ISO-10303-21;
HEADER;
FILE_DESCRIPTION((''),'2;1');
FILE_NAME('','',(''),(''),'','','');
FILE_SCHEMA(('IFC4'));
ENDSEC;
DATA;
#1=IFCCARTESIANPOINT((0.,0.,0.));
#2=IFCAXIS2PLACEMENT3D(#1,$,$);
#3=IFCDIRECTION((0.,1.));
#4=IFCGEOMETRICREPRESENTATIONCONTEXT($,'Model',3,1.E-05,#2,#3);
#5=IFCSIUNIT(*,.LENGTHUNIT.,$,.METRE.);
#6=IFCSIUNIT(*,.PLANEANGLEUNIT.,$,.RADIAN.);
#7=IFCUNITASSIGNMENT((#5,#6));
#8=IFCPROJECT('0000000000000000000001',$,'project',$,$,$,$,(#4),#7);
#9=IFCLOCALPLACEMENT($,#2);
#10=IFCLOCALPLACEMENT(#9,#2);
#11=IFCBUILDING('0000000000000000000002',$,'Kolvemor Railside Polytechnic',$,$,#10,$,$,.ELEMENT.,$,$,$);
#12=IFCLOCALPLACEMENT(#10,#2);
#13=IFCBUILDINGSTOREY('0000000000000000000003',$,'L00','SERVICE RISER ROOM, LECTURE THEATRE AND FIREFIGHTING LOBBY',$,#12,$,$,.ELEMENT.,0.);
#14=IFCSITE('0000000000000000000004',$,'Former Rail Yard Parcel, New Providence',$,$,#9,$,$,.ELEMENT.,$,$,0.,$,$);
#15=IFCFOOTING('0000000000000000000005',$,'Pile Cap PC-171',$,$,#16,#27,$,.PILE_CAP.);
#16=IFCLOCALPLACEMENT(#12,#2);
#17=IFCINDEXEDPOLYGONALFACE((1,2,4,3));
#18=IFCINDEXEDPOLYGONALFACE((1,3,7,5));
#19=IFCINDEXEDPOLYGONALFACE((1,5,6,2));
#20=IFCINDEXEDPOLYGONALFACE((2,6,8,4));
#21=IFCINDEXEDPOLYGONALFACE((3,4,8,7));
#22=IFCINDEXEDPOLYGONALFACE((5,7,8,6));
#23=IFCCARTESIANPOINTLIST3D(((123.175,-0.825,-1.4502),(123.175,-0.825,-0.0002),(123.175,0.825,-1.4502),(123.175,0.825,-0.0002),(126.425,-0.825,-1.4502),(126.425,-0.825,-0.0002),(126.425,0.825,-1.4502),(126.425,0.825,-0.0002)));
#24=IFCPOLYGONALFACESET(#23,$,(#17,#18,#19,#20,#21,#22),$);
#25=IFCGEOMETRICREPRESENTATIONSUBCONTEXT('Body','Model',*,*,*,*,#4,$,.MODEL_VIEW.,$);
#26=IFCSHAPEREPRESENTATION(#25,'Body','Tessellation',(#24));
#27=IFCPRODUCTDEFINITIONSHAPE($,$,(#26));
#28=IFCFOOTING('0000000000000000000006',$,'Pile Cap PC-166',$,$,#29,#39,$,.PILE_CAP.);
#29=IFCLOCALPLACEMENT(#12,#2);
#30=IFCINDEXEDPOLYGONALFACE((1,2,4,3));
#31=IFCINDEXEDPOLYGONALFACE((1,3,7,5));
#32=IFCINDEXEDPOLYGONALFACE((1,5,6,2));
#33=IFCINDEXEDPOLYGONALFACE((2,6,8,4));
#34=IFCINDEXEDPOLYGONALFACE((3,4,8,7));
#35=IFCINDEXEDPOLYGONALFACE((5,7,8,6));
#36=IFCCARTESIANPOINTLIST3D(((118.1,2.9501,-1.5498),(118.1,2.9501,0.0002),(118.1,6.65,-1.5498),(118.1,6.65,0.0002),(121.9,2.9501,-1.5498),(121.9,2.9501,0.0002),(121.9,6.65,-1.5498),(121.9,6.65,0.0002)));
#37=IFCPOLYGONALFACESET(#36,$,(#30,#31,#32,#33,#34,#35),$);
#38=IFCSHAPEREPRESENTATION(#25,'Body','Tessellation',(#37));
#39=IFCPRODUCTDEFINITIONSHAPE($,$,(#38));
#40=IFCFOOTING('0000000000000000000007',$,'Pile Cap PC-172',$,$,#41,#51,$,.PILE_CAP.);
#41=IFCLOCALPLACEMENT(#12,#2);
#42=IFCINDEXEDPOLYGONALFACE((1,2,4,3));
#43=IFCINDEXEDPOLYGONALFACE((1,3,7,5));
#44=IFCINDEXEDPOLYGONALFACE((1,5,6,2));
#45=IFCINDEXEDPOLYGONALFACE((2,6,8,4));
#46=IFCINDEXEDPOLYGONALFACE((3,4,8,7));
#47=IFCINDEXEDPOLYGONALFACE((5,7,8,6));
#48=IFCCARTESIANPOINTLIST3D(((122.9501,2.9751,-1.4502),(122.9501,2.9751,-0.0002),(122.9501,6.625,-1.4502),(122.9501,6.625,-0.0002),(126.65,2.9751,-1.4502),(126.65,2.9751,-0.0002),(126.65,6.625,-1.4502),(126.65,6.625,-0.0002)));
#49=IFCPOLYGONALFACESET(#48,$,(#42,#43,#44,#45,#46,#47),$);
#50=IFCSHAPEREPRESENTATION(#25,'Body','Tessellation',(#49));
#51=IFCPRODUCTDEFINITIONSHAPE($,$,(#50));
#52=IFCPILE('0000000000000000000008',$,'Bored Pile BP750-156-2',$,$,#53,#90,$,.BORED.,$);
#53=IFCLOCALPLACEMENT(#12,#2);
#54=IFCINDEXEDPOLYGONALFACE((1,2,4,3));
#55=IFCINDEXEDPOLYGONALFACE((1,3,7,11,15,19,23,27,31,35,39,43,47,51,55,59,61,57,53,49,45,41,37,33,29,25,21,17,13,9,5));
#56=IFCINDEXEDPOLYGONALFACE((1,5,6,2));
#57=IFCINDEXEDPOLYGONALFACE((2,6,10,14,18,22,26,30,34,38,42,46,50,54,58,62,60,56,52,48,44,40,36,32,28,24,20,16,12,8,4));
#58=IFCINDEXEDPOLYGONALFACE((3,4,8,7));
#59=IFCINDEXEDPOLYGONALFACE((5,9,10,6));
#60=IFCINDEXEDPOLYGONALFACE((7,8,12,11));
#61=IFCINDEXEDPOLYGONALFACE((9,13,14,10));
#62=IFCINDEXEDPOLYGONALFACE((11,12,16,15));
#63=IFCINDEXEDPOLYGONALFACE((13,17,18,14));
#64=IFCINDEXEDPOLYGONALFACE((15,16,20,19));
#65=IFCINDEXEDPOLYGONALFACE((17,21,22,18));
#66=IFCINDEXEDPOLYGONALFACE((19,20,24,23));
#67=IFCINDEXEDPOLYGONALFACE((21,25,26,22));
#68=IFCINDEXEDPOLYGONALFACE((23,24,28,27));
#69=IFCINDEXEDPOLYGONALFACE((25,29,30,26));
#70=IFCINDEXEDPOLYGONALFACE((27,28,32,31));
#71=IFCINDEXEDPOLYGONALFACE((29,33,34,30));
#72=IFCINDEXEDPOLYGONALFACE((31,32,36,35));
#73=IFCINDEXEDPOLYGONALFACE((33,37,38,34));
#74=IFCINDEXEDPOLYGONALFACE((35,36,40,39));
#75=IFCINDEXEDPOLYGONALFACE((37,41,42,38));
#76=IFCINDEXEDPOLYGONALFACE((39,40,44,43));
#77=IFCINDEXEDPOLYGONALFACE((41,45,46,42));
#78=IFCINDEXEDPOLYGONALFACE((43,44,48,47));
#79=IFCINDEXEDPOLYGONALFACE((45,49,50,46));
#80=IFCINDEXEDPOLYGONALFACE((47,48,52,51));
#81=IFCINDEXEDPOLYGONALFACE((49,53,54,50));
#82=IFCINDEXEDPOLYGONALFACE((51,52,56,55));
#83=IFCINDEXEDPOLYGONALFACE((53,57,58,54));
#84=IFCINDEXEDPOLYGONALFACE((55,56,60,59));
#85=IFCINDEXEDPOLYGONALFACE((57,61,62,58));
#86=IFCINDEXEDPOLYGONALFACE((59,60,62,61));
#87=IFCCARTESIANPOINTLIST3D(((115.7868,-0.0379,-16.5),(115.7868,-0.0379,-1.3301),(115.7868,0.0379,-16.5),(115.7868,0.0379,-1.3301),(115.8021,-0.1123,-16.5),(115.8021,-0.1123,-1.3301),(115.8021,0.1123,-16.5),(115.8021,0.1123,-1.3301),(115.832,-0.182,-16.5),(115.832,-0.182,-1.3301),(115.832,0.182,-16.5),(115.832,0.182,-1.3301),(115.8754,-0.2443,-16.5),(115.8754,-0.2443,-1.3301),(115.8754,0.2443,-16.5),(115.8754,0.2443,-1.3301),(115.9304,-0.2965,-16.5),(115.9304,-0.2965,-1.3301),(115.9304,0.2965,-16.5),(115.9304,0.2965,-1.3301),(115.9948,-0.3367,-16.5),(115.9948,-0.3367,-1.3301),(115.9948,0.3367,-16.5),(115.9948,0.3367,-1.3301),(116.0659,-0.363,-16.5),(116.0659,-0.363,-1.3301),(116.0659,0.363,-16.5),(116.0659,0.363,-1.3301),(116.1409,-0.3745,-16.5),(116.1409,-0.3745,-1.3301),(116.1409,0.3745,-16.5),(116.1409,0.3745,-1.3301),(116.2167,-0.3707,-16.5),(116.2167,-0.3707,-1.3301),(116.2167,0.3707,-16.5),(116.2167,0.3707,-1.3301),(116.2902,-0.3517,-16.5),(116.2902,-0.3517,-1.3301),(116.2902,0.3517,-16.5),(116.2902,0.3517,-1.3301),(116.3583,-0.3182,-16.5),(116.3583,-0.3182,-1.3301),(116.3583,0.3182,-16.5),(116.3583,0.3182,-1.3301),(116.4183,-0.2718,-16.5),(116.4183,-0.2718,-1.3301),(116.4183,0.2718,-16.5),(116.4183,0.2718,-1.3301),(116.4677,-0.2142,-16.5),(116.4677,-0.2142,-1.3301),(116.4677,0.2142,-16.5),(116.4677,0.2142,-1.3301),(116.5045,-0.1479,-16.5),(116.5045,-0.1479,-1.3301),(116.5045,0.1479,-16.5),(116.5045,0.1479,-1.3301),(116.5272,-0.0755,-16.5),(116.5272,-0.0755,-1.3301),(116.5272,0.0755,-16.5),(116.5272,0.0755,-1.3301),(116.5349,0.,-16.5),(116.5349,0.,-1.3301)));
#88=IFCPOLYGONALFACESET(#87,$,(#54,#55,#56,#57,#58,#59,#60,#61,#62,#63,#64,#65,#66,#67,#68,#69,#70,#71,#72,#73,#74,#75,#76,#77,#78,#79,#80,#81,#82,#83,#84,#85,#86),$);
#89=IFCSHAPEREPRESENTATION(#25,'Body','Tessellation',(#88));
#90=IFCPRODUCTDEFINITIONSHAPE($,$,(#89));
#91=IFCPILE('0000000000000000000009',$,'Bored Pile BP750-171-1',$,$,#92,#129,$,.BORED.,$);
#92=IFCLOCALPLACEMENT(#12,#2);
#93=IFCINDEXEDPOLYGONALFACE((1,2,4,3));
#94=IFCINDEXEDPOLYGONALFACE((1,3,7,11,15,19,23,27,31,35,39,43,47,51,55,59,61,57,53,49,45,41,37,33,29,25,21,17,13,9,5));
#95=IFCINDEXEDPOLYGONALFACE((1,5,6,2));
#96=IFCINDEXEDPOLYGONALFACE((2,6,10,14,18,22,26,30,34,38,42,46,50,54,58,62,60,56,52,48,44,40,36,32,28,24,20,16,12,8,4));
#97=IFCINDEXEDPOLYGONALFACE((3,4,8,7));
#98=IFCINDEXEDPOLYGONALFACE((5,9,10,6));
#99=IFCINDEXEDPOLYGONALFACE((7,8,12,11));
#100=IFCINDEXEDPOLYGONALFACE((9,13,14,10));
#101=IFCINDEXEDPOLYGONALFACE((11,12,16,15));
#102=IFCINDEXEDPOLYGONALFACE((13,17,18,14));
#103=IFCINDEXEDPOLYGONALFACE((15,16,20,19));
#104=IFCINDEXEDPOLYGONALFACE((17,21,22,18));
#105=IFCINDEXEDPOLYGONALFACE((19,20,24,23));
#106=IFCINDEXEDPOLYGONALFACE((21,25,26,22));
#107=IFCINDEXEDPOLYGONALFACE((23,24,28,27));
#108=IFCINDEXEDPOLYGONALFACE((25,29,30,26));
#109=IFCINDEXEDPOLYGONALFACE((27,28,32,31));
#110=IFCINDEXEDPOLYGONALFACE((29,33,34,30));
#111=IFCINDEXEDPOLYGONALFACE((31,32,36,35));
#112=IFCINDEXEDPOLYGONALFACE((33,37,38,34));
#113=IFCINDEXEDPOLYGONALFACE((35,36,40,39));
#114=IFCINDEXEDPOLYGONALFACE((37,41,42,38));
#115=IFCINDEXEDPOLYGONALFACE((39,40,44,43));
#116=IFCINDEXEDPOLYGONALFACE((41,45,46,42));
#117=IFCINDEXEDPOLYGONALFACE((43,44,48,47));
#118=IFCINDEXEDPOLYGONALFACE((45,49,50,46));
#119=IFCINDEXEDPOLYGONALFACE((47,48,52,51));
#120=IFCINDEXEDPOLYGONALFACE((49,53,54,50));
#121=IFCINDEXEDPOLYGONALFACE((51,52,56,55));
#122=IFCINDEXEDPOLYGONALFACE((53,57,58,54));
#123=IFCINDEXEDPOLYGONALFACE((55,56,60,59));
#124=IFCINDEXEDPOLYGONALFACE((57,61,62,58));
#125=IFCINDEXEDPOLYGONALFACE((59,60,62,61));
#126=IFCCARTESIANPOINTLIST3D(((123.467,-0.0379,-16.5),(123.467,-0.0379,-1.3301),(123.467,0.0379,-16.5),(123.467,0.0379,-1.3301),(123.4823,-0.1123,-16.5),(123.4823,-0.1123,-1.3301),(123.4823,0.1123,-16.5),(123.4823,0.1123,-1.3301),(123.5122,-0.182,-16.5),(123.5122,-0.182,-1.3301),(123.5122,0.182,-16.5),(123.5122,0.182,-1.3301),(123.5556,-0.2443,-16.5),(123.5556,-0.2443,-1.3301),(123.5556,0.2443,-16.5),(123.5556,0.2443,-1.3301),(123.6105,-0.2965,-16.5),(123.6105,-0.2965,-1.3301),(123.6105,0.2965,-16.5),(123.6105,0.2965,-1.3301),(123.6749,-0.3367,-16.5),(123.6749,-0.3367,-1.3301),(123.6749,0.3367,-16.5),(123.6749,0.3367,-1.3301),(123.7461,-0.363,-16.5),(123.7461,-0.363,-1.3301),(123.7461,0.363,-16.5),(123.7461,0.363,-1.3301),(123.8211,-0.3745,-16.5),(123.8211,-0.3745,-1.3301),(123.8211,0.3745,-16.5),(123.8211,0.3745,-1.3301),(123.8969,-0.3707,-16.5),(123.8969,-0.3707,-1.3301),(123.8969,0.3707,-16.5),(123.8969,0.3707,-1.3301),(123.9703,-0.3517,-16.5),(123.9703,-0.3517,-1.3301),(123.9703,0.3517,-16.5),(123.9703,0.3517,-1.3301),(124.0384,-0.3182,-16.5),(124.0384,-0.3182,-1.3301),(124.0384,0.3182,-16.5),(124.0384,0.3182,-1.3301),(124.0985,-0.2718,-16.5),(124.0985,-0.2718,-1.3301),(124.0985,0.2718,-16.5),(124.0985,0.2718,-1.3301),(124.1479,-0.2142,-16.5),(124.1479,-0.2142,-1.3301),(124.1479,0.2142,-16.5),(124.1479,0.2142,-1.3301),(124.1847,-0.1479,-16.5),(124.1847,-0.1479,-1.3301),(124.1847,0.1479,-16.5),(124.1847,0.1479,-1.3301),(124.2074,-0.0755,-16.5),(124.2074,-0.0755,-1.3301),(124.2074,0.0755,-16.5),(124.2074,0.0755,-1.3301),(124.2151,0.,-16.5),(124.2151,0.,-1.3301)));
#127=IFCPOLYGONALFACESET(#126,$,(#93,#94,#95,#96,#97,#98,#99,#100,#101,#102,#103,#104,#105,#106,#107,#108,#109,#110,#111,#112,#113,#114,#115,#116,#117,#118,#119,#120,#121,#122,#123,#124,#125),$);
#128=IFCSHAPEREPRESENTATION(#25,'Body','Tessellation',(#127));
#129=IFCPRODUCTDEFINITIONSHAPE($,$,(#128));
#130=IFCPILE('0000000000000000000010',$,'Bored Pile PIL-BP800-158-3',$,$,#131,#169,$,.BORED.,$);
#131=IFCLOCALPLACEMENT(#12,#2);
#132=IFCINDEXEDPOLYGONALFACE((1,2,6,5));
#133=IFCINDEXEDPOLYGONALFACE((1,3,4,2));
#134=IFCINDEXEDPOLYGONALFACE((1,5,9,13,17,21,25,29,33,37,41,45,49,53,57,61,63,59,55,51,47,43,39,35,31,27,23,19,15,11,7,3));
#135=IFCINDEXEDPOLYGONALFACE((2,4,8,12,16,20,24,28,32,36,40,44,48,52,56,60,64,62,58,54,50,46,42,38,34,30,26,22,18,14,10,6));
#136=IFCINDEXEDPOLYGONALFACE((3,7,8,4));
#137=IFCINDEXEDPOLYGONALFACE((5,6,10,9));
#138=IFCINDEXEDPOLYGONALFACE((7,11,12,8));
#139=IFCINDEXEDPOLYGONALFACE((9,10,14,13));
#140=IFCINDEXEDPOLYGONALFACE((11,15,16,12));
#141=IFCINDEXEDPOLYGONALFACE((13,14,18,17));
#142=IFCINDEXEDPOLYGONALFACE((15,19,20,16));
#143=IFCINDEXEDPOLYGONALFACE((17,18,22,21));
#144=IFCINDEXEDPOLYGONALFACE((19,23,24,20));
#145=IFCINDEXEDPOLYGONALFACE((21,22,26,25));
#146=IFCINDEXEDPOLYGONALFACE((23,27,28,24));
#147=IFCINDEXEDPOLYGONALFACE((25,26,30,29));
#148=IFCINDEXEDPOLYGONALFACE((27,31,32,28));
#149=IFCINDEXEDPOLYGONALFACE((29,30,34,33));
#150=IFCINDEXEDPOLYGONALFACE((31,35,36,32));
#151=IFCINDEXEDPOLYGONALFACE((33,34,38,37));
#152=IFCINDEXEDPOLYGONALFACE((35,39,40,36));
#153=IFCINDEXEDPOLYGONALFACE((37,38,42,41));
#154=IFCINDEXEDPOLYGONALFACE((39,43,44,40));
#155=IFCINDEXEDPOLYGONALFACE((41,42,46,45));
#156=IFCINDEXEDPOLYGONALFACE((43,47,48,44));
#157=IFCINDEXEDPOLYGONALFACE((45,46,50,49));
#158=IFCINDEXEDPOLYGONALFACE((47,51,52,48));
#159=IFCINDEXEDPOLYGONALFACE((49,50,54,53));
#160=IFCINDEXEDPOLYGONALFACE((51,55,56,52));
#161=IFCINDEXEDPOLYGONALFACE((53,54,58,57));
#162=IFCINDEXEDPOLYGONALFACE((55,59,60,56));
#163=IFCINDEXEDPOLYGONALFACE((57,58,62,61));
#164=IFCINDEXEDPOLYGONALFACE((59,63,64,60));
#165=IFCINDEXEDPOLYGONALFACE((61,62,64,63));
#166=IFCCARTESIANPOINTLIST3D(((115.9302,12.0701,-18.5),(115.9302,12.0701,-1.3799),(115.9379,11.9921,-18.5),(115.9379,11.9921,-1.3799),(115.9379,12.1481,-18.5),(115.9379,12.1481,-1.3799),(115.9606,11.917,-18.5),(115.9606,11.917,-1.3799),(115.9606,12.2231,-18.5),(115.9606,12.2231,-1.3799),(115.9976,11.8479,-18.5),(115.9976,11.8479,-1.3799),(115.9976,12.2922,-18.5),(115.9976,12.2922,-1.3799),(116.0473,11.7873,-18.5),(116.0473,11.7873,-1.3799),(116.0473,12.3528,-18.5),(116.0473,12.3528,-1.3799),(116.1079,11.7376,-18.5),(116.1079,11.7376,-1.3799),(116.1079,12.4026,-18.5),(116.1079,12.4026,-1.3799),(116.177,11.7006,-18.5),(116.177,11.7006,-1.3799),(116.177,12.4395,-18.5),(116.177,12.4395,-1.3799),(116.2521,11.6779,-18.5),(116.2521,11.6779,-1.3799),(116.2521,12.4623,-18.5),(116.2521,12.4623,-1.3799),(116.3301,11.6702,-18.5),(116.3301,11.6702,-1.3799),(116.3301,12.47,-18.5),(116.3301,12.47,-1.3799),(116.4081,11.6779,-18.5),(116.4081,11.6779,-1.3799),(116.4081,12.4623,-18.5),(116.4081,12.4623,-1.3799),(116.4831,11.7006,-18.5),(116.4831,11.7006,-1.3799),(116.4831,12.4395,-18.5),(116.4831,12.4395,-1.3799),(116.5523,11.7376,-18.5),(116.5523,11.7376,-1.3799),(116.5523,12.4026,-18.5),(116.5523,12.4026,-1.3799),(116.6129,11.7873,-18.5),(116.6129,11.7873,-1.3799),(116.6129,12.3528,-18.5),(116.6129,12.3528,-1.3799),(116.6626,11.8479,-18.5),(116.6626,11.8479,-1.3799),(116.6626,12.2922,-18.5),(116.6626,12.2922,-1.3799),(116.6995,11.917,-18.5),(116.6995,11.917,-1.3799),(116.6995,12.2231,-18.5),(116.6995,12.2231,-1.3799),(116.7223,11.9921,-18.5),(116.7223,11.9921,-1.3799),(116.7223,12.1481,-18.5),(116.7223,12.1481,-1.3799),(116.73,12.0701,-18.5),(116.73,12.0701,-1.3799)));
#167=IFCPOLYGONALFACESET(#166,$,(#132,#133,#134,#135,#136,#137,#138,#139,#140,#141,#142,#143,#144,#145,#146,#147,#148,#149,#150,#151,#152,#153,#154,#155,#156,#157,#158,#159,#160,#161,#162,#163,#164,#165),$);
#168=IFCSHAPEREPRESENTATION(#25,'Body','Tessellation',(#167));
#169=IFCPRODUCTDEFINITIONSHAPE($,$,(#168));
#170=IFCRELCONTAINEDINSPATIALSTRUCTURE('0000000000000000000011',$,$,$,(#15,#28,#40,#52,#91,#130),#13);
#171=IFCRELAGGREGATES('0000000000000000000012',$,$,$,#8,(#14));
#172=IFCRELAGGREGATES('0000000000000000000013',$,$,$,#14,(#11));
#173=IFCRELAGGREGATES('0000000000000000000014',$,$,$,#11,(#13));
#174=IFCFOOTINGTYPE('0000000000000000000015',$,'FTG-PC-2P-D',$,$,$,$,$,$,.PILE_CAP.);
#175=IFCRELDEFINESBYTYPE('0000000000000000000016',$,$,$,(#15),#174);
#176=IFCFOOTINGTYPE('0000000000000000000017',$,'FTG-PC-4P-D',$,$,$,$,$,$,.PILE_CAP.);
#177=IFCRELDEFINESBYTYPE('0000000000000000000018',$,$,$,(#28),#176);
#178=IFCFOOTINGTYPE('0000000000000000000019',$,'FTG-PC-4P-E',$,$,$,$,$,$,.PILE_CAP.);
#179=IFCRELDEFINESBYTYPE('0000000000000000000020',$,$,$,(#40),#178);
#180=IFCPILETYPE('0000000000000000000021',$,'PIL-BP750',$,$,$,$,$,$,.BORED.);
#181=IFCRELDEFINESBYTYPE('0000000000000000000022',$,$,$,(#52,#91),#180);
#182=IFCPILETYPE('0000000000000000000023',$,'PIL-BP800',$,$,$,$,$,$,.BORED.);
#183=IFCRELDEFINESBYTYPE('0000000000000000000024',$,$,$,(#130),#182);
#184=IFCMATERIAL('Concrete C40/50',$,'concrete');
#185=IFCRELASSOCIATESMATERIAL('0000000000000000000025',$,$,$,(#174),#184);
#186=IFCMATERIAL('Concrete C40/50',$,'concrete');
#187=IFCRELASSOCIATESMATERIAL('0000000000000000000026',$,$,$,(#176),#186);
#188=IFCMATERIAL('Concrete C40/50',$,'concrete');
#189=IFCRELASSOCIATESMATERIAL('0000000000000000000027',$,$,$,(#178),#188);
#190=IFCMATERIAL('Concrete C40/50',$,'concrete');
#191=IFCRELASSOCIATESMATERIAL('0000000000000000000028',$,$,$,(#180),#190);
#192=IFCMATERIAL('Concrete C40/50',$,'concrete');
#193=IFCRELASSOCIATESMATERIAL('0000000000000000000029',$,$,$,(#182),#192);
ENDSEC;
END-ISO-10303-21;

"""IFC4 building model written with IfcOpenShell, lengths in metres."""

from ifc_helpers import new_model, si_unit, direction, frame, origin, origin_2d, place, context, subcontext, project, spatial, rectangle, circle, extrude, material, material_profile, profile_set, type_object, element, save


model = new_model("IFC4")

# Units and contexts
model_context = context("Model", 3, precision=1e-05, world=origin(), true_north=direction((0.0, 1.0)))
body_context = subcontext(model_context, "Body", "Model", "MODEL_VIEW")
ifc_project = project(units=[si_unit("LENGTHUNIT", "METRE"), si_unit("PLANEANGLEUNIT", "RADIAN")], contexts=[model_context])

# Site, building, storey
site_placement = place(None, origin())
site = spatial("IfcSite", under=ifc_project, at=site_placement, Name="Former Rail Yard Parcel, New Providence", CompositionType="ELEMENT", RefElevation=0.0)
building_placement = place(site_placement, origin())
building = spatial("IfcBuilding", under=site, at=building_placement, Name="Kolvemor Railside Polytechnic", CompositionType="ELEMENT")
storey_placement = place(building_placement, origin())
storey = spatial("IfcBuildingStorey", under=building, at=storey_placement, Name="L00", Description="SERVICE RISER ROOM, LECTURE THEATRE AND FIREFIGHTING LOBBY", CompositionType="ELEMENT", Elevation=0.0)

# Footings
ifc_material_1 = material(Name="Concrete C40/50", Category="concrete")
footing_type_1 = type_object("IfcFootingType", Name="FTG-PC-2P-D", PredefinedType="PILE_CAP", material=ifc_material_1)
footing_1_placement = place(storey_placement, frame((124.8, 0.0, -1.4502), z_axis=(0.0, 0.0, 1.0), x_axis=(1.0, 0.0, 0.0)))
element("IfcFooting", 1, at=footing_1_placement, inside=storey, type_object=footing_type_1, Name="Pile Cap PC-171", PredefinedType="PILE_CAP", context=body_context, shape_type="SweptSolid", body=[
    extrude(rectangle(XDim=3.25, YDim=1.6499, at=origin_2d()), origin(), (0.0, 0.0, 1.0), 1.45),
])
ifc_material_2 = material(Name="Concrete C40/50", Category="concrete")
footing_type_2 = type_object("IfcFootingType", Name="FTG-PC-4P-D", PredefinedType="PILE_CAP", material=ifc_material_2)
footing_2_placement = place(storey_placement, frame((120.0, 4.8, -1.5498), z_axis=(0.0, 0.0, 1.0), x_axis=(1.0, 0.0, 0.0)))
element("IfcFooting", 2, at=footing_2_placement, inside=storey, type_object=footing_type_2, Name="Pile Cap PC-166", PredefinedType="PILE_CAP", context=body_context, shape_type="SweptSolid", body=[
    extrude(rectangle(XDim=3.8, YDim=3.7, at=origin_2d()), origin(), (0.0, 0.0, 1.0), 1.55),
])
ifc_material_3 = material(Name="Concrete C40/50", Category="concrete")
footing_type_3 = type_object("IfcFootingType", Name="FTG-PC-4P-E", PredefinedType="PILE_CAP", material=ifc_material_3)
footing_3_placement = place(storey_placement, frame((124.8, 4.8, -1.4502), z_axis=(0.0, 0.0, 1.0), x_axis=(1.0, 0.0, 0.0)))
element("IfcFooting", 3, at=footing_3_placement, inside=storey, type_object=footing_type_3, Name="Pile Cap PC-172", PredefinedType="PILE_CAP", context=body_context, shape_type="SweptSolid", body=[
    extrude(rectangle(XDim=3.7, YDim=3.6499, at=origin_2d()), origin(), (0.0, 0.0, 1.0), 1.45),
])

# Piles
ifc_material_4 = material(Name="Concrete C40/50", Category="concrete")
ifc_material_profile_1 = material_profile(ifc_material_4, circle(Radius=0.375, at=origin_2d()), Name="BP750")
ifc_profile_set_1 = profile_set([ifc_material_profile_1], Name="Concrete C40/50")
pile_type_1 = type_object("IfcPileType", Name="PIL-BP750", PredefinedType="BORED", material=ifc_profile_set_1)
for number, where, z_axis, x_axis, name in (
    (4, (116.1599, 0.0, -1.3301), (0.0, 0.0, -1.0), (1.0, 0.0, 0.0), "Bored Pile BP750-156-2"),
    (5, (123.8401, 0.0, -1.3301), (0.0, 0.0, -1.0), (1.0, 0.0, 0.0), "Bored Pile BP750-171-1"),
):
    element("IfcPile", number, at=place(storey_placement, frame(where, z_axis=z_axis, x_axis=x_axis)), inside=storey, type_object=pile_type_1, Name=name, PredefinedType="BORED", context=body_context, shape_type="SweptSolid", body=[
        extrude(circle(Radius=0.375, at=origin_2d()), origin(), (0.0, 0.0, 1.0), 15.1699),
    ])
ifc_material_5 = material(Name="Concrete C40/50", Category="concrete")
ifc_material_profile_2 = material_profile(ifc_material_5, circle(Radius=0.3999, at=origin_2d()), Name="BP800")
ifc_profile_set_2 = profile_set([ifc_material_profile_2], Name="Concrete C40/50")
pile_type_2 = type_object("IfcPileType", Name="PIL-BP800", PredefinedType="BORED", material=ifc_profile_set_2)
pile_1_placement = place(storey_placement, frame((116.3301, 12.0701, -1.3799), z_axis=(0.0, 0.0, -1.0), x_axis=(1.0, 0.0, 0.0)))
element("IfcPile", 6, at=pile_1_placement, inside=storey, type_object=pile_type_2, Name="Bored Pile PIL-BP800-158-3", PredefinedType="BORED", context=body_context, shape_type="SweptSolid", body=[
    extrude(circle(Radius=0.3999, at=origin_2d()), origin(), (0.0, 0.0, 1.0), 17.1201),
])

save(model, "model.ifc")
